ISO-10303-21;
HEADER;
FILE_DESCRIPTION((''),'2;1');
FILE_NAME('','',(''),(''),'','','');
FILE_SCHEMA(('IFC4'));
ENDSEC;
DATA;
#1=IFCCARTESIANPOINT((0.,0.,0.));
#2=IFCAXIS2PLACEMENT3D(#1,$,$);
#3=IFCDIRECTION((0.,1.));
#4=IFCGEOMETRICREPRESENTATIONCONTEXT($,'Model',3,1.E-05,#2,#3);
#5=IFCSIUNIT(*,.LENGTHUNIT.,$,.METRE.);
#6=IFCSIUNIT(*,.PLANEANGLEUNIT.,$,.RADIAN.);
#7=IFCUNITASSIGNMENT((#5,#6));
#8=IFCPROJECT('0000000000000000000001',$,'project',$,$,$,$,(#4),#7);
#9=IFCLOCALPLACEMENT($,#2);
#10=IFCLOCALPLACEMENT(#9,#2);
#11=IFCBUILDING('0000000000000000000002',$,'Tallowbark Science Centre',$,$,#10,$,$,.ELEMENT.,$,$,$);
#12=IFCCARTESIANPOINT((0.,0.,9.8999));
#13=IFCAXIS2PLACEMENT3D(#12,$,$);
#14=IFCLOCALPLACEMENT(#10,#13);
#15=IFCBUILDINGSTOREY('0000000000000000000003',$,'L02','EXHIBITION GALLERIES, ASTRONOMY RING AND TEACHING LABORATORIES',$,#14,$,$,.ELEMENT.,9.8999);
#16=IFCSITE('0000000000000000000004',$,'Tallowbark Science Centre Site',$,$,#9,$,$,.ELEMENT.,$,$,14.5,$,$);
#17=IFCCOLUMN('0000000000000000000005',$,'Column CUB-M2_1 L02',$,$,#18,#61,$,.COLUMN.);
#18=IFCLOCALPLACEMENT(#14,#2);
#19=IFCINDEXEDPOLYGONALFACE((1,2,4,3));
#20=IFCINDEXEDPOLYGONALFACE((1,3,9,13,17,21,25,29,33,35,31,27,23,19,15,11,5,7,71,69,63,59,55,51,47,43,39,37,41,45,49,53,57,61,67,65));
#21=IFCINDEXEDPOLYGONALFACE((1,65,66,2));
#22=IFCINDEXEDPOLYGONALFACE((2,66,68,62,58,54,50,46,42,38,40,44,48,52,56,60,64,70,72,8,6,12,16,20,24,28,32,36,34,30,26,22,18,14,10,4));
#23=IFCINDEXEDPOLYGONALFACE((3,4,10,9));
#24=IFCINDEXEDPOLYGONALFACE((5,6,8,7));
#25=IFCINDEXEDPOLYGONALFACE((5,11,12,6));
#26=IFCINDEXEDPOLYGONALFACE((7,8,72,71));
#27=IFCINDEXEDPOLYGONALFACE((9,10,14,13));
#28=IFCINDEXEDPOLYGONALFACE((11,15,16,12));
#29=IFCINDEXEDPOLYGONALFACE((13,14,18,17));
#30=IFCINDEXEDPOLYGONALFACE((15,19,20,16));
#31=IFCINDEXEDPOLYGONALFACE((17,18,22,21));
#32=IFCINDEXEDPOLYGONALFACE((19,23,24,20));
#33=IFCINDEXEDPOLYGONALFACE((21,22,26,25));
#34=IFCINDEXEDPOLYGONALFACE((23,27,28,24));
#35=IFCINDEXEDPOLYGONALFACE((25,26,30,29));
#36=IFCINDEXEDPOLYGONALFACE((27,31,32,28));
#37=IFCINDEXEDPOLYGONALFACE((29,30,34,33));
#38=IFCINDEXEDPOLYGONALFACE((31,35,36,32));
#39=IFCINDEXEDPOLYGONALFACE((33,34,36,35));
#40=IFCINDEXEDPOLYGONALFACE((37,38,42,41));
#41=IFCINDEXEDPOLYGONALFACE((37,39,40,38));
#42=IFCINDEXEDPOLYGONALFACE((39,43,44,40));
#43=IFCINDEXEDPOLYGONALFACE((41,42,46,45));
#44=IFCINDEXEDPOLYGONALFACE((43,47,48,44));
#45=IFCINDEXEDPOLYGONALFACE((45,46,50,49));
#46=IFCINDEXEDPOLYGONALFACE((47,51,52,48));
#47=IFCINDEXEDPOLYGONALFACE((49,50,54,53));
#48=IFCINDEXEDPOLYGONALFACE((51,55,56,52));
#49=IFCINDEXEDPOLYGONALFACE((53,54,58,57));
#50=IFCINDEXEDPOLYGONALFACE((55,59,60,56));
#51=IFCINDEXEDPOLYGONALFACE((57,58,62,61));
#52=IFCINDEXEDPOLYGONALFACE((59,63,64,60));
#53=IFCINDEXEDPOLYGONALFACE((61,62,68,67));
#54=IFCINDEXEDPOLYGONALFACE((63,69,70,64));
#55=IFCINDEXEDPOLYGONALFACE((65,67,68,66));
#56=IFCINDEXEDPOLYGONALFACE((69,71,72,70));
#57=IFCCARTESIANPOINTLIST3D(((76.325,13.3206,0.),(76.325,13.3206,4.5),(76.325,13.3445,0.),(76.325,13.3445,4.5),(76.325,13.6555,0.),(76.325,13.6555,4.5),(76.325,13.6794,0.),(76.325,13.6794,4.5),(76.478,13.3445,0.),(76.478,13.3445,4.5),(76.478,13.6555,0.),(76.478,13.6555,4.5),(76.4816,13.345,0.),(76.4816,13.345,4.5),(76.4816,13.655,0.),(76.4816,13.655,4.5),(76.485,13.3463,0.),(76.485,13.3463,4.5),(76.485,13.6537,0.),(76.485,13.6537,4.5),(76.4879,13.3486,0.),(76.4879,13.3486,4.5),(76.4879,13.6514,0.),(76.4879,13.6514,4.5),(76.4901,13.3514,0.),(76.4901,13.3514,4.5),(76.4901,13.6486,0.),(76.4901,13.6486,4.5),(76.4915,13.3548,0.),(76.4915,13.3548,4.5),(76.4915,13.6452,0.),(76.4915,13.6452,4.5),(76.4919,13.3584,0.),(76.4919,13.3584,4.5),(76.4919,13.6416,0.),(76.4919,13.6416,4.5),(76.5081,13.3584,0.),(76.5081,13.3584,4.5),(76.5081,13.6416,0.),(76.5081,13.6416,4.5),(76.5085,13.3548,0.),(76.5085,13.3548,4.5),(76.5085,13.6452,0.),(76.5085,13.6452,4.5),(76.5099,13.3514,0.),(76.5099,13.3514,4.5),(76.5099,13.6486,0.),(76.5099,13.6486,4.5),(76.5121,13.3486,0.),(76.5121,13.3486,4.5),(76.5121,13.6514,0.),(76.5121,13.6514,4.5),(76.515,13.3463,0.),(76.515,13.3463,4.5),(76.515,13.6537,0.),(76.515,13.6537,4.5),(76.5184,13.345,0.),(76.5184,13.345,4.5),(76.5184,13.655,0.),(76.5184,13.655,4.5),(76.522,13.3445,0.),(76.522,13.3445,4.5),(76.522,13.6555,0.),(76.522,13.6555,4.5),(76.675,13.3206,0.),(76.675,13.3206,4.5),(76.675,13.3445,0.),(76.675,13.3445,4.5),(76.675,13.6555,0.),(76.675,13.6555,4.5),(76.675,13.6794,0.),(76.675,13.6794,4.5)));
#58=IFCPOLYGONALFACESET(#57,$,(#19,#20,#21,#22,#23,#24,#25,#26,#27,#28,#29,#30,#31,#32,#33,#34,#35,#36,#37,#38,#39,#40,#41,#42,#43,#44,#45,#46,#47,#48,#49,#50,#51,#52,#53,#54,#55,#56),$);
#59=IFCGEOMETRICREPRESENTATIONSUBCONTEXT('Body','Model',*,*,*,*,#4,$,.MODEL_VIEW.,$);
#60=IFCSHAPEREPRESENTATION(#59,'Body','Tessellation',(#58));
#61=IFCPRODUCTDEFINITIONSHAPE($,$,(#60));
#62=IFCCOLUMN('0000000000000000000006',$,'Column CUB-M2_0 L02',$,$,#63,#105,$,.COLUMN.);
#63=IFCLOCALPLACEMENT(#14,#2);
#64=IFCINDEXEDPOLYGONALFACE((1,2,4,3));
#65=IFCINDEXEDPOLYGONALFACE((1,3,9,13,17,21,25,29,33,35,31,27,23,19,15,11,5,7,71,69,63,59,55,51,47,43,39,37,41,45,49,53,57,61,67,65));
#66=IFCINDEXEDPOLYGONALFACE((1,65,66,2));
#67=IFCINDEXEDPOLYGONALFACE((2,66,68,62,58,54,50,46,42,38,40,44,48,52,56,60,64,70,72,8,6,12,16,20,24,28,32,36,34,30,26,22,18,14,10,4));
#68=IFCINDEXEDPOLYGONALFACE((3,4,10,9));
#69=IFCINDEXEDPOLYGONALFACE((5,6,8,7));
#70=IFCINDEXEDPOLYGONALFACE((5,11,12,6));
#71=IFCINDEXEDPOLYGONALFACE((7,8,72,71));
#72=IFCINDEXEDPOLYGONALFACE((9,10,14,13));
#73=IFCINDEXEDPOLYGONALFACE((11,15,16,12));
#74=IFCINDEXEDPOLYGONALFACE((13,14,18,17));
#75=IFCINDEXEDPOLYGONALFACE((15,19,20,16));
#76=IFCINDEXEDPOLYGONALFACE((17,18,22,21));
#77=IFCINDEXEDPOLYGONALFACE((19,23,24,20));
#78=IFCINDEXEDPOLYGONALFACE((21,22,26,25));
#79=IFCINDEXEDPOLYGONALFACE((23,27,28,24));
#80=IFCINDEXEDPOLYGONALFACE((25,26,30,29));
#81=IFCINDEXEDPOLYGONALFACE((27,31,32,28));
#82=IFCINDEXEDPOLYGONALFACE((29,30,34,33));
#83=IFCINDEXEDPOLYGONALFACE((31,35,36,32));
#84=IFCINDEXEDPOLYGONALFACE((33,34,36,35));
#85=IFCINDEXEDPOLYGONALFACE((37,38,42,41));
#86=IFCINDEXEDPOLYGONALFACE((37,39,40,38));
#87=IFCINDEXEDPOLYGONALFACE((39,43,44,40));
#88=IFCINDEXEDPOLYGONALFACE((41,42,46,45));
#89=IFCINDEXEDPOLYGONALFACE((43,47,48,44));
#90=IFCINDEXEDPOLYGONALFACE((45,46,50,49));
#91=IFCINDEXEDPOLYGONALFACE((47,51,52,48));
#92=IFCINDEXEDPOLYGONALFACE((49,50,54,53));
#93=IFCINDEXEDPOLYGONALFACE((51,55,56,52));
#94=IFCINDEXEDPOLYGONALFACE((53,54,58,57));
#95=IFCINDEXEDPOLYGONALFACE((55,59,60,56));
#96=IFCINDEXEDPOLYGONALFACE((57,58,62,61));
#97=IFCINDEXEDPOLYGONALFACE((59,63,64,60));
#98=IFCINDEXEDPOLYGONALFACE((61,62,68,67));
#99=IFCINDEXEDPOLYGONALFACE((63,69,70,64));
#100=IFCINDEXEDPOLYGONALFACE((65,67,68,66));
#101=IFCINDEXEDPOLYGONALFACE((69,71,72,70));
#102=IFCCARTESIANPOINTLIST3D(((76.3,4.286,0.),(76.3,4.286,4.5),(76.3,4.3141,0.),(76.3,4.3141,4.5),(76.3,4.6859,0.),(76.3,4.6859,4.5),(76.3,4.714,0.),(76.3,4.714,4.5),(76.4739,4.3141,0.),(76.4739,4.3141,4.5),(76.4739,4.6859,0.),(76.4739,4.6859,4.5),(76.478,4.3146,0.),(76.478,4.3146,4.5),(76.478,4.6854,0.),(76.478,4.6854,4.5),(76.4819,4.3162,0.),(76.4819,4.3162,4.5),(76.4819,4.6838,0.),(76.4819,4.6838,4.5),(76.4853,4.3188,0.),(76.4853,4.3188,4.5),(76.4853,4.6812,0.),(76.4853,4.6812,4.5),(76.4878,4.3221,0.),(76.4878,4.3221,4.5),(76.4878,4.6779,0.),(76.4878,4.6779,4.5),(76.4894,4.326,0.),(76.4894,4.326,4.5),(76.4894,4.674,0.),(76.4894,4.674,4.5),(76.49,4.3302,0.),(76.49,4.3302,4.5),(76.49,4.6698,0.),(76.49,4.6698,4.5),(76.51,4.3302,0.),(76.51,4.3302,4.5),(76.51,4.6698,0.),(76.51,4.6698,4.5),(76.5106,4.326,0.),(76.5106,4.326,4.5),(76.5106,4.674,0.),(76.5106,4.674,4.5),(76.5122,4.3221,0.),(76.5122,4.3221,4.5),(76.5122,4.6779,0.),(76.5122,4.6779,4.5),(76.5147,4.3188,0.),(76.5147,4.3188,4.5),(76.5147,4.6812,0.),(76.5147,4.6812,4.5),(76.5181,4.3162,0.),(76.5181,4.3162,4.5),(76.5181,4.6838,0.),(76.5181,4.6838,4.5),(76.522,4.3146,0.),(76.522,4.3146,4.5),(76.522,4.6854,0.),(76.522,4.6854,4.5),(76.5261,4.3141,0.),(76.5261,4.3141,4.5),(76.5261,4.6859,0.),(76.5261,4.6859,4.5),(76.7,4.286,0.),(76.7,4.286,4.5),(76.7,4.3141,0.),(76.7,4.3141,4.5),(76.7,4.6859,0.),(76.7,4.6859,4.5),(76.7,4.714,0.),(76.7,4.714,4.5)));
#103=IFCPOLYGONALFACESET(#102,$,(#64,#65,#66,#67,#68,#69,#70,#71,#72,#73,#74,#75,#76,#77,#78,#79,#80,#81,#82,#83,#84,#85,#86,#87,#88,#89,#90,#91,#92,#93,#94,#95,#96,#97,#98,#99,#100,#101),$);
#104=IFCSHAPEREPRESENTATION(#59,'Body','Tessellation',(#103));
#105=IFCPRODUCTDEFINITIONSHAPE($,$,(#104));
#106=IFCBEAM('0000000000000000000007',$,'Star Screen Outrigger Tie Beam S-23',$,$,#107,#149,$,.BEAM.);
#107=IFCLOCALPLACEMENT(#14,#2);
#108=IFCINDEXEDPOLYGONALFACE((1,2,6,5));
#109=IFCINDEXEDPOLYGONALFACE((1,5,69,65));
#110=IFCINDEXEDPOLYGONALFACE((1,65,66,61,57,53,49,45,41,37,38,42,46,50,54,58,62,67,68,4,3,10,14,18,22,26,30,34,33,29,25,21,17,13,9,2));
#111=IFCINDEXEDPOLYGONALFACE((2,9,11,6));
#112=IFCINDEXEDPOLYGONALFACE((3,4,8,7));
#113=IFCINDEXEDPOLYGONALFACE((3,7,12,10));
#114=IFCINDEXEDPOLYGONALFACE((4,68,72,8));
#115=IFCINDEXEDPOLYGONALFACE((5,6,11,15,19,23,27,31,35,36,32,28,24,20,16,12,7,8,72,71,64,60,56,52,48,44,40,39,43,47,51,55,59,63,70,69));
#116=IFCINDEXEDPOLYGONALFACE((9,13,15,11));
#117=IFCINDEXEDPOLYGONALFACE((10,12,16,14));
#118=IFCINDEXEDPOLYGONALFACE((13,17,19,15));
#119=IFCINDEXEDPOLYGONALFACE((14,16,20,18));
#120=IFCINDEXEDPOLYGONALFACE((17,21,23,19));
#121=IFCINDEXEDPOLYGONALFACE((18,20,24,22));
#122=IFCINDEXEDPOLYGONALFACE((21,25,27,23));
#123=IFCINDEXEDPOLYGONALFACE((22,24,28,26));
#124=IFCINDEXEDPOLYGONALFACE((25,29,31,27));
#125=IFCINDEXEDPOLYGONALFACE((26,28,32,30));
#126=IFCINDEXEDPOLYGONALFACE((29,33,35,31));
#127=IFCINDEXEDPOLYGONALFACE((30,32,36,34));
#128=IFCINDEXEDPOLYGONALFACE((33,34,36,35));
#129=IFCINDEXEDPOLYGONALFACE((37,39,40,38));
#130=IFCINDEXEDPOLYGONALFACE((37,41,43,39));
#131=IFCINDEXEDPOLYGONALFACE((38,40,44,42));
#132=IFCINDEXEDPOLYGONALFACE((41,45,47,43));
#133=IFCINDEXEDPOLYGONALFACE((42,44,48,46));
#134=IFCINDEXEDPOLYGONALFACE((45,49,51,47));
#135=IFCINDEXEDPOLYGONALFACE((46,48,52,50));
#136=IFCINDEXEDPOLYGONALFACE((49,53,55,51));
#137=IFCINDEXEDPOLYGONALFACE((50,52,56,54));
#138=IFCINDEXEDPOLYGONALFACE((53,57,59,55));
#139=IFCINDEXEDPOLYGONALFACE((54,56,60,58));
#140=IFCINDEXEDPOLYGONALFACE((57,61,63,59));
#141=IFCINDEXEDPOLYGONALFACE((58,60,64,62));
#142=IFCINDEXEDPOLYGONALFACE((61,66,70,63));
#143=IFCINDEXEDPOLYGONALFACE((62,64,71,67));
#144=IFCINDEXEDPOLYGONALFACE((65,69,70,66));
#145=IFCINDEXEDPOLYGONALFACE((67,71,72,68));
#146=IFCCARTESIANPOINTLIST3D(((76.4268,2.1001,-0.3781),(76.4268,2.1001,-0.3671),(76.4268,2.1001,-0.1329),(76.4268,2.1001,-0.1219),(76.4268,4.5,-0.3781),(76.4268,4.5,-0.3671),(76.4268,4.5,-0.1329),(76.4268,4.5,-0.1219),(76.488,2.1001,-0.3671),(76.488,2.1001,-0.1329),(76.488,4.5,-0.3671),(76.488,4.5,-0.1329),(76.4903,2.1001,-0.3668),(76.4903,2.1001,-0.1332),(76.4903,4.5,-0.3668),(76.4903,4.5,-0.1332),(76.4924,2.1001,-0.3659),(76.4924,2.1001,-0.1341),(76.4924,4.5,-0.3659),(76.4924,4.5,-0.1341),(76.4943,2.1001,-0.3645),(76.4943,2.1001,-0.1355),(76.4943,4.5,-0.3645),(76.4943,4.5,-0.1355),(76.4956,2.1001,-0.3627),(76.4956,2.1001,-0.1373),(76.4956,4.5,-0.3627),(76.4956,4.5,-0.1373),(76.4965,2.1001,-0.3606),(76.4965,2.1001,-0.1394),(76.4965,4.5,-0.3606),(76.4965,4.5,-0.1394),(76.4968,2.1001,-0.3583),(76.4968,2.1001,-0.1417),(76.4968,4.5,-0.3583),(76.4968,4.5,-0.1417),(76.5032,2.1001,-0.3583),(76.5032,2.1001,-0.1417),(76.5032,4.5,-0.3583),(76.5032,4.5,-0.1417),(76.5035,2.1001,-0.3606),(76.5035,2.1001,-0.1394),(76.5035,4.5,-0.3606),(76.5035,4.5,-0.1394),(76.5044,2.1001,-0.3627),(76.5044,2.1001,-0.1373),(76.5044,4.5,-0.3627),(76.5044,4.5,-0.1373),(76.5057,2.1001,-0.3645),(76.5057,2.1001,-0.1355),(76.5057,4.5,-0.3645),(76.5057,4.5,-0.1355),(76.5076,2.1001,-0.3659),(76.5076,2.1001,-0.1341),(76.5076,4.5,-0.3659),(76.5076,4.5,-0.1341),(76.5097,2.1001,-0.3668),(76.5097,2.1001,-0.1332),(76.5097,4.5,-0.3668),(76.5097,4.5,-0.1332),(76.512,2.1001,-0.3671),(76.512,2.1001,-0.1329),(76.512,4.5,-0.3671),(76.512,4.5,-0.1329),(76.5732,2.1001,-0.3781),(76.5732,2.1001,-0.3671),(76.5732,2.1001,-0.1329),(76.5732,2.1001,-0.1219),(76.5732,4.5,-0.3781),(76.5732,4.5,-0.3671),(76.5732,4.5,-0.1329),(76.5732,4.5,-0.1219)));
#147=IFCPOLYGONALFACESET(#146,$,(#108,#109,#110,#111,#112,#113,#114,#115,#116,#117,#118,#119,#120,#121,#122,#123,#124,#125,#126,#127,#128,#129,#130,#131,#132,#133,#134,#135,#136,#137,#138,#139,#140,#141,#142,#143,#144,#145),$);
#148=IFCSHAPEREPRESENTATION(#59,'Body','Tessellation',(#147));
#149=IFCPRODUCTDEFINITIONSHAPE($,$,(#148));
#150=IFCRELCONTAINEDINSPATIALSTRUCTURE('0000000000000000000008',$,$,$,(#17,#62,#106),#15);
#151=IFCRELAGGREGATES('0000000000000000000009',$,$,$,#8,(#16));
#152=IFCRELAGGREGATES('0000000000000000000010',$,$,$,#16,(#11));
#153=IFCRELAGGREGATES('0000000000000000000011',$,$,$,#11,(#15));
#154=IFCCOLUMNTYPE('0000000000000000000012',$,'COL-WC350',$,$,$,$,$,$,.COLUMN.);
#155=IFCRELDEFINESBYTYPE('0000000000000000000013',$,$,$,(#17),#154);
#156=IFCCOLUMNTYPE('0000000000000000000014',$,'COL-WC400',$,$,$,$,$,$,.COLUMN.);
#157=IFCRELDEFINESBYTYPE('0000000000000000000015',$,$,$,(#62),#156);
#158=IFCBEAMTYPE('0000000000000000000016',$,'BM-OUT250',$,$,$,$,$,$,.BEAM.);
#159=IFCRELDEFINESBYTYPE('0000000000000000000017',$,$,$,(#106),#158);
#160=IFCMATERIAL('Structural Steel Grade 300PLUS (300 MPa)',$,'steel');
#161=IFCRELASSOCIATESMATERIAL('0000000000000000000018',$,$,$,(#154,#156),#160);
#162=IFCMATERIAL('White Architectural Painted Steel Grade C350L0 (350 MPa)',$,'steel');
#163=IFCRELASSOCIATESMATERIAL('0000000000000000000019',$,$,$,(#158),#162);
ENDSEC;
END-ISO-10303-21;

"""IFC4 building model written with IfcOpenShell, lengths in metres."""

from ifc_helpers import new_model, si_unit, direction, frame, origin, origin_2d, place, context, subcontext, project, spatial, i_section, extrude, material, material_profile, profile_set, type_object, element, save


model = new_model("IFC4")

# Units and contexts
model_context = context("Model", 3, precision=1e-05, world=origin(), true_north=direction((0.0, 1.0)))
body_context = subcontext(model_context, "Body", "Model", "MODEL_VIEW")
ifc_project = project(units=[si_unit("LENGTHUNIT", "METRE"), si_unit("PLANEANGLEUNIT", "RADIAN")], contexts=[model_context])

# Site, building, storey
site_placement = place(None, origin())
site = spatial("IfcSite", under=ifc_project, at=site_placement, Name="Tallowbark Science Centre Site", CompositionType="ELEMENT", RefElevation=14.5)
building_placement = place(site_placement, origin())
building = spatial("IfcBuilding", under=site, at=building_placement, Name="Tallowbark Science Centre", CompositionType="ELEMENT")
storey_placement = place(building_placement, frame((0.0, 0.0, 9.8999)))
storey = spatial("IfcBuildingStorey", under=building, at=storey_placement, Name="L02", Description="EXHIBITION GALLERIES, ASTRONOMY RING AND TEACHING LABORATORIES", CompositionType="ELEMENT", Elevation=9.8999)

# Columns
ifc_material_1 = material(Name="Structural Steel Grade 300PLUS (300 MPa)", Category="steel")
ifc_material_profile_1 = material_profile(ifc_material_1, i_section(OverallWidth=0.3501, OverallDepth=0.3589, WebThickness=0.0161, FlangeThickness=0.0239, FilletRadius=0.0139, at=origin_2d()), Name="350WC197")
ifc_profile_set_1 = profile_set([ifc_material_profile_1], Name="Structural Steel Grade 300PLUS (300 MPa)")
column_type_1 = type_object("IfcColumnType", Name="COL-WC350", PredefinedType="COLUMN", material=ifc_profile_set_1)
column_1_placement = place(storey_placement, frame((76.5, 13.5, 0.0), z_axis=(0.0, 0.0, 1.0), x_axis=(1.0, 0.0, 0.0)))
element("IfcColumn", 1, at=column_1_placement, inside=storey, type_object=column_type_1, Name="Column CUB-M2_1 L02", PredefinedType="COLUMN", context=body_context, shape_type="SweptSolid", body=[
    extrude(i_section(OverallWidth=0.3501, OverallDepth=0.3589, WebThickness=0.0161, FlangeThickness=0.0239, FilletRadius=0.0139, at=origin_2d()), origin(), (0.0, 0.0, 1.0), 4.5),
])
ifc_material_profile_2 = material_profile(ifc_material_1, i_section(OverallWidth=0.3999, OverallDepth=0.428, WebThickness=0.02, FlangeThickness=0.0281, FilletRadius=0.0161, at=origin_2d()), Name="400WC270")
ifc_profile_set_2 = profile_set([ifc_material_profile_2], Name="Structural Steel Grade 300PLUS (300 MPa)")
column_type_2 = type_object("IfcColumnType", Name="COL-WC400", PredefinedType="COLUMN", material=ifc_profile_set_2)
column_2_placement = place(storey_placement, frame((76.5, 4.5, 0.0), z_axis=(0.0, 0.0, 1.0), x_axis=(1.0, 0.0, 0.0)))
element("IfcColumn", 2, at=column_2_placement, inside=storey, type_object=column_type_2, Name="Column CUB-M2_0 L02", PredefinedType="COLUMN", context=body_context, shape_type="SweptSolid", body=[
    extrude(i_section(OverallWidth=0.3999, OverallDepth=0.428, WebThickness=0.02, FlangeThickness=0.0281, FilletRadius=0.0161, at=origin_2d()), origin(), (0.0, 0.0, 1.0), 4.5),
])

# Beam
ifc_material_2 = material(Name="White Architectural Painted Steel Grade C350L0 (350 MPa)", Category="steel")
ifc_material_profile_3 = material_profile(ifc_material_2, i_section(OverallWidth=0.1465, OverallDepth=0.2561, WebThickness=0.0063, FlangeThickness=0.011, FilletRadius=0.0088, at=origin_2d()), Name="250UB37.3")
ifc_profile_set_3 = profile_set([ifc_material_profile_3], Name="White Architectural Painted Steel Grade C350L0 (350 MPa)")
beam_type_1 = type_object("IfcBeamType", Name="BM-OUT250", PredefinedType="BEAM", material=ifc_profile_set_3)
beam_1_placement = place(storey_placement, frame((76.5, 4.5, -0.25), z_axis=(0.0, -1.0, 0.0), x_axis=(1.0, 0.0, 0.0)))
element("IfcBeam", 3, at=beam_1_placement, inside=storey, type_object=beam_type_1, Name="Star Screen Outrigger Tie Beam S-23", PredefinedType="BEAM", context=body_context, shape_type="SweptSolid", body=[
    extrude(i_section(OverallWidth=0.1465, OverallDepth=0.2561, WebThickness=0.0063, FlangeThickness=0.011, FilletRadius=0.0088, at=origin_2d()), origin(), (0.0, 0.0, 1.0), 2.3999),
])

save(model, "model.ifc")
